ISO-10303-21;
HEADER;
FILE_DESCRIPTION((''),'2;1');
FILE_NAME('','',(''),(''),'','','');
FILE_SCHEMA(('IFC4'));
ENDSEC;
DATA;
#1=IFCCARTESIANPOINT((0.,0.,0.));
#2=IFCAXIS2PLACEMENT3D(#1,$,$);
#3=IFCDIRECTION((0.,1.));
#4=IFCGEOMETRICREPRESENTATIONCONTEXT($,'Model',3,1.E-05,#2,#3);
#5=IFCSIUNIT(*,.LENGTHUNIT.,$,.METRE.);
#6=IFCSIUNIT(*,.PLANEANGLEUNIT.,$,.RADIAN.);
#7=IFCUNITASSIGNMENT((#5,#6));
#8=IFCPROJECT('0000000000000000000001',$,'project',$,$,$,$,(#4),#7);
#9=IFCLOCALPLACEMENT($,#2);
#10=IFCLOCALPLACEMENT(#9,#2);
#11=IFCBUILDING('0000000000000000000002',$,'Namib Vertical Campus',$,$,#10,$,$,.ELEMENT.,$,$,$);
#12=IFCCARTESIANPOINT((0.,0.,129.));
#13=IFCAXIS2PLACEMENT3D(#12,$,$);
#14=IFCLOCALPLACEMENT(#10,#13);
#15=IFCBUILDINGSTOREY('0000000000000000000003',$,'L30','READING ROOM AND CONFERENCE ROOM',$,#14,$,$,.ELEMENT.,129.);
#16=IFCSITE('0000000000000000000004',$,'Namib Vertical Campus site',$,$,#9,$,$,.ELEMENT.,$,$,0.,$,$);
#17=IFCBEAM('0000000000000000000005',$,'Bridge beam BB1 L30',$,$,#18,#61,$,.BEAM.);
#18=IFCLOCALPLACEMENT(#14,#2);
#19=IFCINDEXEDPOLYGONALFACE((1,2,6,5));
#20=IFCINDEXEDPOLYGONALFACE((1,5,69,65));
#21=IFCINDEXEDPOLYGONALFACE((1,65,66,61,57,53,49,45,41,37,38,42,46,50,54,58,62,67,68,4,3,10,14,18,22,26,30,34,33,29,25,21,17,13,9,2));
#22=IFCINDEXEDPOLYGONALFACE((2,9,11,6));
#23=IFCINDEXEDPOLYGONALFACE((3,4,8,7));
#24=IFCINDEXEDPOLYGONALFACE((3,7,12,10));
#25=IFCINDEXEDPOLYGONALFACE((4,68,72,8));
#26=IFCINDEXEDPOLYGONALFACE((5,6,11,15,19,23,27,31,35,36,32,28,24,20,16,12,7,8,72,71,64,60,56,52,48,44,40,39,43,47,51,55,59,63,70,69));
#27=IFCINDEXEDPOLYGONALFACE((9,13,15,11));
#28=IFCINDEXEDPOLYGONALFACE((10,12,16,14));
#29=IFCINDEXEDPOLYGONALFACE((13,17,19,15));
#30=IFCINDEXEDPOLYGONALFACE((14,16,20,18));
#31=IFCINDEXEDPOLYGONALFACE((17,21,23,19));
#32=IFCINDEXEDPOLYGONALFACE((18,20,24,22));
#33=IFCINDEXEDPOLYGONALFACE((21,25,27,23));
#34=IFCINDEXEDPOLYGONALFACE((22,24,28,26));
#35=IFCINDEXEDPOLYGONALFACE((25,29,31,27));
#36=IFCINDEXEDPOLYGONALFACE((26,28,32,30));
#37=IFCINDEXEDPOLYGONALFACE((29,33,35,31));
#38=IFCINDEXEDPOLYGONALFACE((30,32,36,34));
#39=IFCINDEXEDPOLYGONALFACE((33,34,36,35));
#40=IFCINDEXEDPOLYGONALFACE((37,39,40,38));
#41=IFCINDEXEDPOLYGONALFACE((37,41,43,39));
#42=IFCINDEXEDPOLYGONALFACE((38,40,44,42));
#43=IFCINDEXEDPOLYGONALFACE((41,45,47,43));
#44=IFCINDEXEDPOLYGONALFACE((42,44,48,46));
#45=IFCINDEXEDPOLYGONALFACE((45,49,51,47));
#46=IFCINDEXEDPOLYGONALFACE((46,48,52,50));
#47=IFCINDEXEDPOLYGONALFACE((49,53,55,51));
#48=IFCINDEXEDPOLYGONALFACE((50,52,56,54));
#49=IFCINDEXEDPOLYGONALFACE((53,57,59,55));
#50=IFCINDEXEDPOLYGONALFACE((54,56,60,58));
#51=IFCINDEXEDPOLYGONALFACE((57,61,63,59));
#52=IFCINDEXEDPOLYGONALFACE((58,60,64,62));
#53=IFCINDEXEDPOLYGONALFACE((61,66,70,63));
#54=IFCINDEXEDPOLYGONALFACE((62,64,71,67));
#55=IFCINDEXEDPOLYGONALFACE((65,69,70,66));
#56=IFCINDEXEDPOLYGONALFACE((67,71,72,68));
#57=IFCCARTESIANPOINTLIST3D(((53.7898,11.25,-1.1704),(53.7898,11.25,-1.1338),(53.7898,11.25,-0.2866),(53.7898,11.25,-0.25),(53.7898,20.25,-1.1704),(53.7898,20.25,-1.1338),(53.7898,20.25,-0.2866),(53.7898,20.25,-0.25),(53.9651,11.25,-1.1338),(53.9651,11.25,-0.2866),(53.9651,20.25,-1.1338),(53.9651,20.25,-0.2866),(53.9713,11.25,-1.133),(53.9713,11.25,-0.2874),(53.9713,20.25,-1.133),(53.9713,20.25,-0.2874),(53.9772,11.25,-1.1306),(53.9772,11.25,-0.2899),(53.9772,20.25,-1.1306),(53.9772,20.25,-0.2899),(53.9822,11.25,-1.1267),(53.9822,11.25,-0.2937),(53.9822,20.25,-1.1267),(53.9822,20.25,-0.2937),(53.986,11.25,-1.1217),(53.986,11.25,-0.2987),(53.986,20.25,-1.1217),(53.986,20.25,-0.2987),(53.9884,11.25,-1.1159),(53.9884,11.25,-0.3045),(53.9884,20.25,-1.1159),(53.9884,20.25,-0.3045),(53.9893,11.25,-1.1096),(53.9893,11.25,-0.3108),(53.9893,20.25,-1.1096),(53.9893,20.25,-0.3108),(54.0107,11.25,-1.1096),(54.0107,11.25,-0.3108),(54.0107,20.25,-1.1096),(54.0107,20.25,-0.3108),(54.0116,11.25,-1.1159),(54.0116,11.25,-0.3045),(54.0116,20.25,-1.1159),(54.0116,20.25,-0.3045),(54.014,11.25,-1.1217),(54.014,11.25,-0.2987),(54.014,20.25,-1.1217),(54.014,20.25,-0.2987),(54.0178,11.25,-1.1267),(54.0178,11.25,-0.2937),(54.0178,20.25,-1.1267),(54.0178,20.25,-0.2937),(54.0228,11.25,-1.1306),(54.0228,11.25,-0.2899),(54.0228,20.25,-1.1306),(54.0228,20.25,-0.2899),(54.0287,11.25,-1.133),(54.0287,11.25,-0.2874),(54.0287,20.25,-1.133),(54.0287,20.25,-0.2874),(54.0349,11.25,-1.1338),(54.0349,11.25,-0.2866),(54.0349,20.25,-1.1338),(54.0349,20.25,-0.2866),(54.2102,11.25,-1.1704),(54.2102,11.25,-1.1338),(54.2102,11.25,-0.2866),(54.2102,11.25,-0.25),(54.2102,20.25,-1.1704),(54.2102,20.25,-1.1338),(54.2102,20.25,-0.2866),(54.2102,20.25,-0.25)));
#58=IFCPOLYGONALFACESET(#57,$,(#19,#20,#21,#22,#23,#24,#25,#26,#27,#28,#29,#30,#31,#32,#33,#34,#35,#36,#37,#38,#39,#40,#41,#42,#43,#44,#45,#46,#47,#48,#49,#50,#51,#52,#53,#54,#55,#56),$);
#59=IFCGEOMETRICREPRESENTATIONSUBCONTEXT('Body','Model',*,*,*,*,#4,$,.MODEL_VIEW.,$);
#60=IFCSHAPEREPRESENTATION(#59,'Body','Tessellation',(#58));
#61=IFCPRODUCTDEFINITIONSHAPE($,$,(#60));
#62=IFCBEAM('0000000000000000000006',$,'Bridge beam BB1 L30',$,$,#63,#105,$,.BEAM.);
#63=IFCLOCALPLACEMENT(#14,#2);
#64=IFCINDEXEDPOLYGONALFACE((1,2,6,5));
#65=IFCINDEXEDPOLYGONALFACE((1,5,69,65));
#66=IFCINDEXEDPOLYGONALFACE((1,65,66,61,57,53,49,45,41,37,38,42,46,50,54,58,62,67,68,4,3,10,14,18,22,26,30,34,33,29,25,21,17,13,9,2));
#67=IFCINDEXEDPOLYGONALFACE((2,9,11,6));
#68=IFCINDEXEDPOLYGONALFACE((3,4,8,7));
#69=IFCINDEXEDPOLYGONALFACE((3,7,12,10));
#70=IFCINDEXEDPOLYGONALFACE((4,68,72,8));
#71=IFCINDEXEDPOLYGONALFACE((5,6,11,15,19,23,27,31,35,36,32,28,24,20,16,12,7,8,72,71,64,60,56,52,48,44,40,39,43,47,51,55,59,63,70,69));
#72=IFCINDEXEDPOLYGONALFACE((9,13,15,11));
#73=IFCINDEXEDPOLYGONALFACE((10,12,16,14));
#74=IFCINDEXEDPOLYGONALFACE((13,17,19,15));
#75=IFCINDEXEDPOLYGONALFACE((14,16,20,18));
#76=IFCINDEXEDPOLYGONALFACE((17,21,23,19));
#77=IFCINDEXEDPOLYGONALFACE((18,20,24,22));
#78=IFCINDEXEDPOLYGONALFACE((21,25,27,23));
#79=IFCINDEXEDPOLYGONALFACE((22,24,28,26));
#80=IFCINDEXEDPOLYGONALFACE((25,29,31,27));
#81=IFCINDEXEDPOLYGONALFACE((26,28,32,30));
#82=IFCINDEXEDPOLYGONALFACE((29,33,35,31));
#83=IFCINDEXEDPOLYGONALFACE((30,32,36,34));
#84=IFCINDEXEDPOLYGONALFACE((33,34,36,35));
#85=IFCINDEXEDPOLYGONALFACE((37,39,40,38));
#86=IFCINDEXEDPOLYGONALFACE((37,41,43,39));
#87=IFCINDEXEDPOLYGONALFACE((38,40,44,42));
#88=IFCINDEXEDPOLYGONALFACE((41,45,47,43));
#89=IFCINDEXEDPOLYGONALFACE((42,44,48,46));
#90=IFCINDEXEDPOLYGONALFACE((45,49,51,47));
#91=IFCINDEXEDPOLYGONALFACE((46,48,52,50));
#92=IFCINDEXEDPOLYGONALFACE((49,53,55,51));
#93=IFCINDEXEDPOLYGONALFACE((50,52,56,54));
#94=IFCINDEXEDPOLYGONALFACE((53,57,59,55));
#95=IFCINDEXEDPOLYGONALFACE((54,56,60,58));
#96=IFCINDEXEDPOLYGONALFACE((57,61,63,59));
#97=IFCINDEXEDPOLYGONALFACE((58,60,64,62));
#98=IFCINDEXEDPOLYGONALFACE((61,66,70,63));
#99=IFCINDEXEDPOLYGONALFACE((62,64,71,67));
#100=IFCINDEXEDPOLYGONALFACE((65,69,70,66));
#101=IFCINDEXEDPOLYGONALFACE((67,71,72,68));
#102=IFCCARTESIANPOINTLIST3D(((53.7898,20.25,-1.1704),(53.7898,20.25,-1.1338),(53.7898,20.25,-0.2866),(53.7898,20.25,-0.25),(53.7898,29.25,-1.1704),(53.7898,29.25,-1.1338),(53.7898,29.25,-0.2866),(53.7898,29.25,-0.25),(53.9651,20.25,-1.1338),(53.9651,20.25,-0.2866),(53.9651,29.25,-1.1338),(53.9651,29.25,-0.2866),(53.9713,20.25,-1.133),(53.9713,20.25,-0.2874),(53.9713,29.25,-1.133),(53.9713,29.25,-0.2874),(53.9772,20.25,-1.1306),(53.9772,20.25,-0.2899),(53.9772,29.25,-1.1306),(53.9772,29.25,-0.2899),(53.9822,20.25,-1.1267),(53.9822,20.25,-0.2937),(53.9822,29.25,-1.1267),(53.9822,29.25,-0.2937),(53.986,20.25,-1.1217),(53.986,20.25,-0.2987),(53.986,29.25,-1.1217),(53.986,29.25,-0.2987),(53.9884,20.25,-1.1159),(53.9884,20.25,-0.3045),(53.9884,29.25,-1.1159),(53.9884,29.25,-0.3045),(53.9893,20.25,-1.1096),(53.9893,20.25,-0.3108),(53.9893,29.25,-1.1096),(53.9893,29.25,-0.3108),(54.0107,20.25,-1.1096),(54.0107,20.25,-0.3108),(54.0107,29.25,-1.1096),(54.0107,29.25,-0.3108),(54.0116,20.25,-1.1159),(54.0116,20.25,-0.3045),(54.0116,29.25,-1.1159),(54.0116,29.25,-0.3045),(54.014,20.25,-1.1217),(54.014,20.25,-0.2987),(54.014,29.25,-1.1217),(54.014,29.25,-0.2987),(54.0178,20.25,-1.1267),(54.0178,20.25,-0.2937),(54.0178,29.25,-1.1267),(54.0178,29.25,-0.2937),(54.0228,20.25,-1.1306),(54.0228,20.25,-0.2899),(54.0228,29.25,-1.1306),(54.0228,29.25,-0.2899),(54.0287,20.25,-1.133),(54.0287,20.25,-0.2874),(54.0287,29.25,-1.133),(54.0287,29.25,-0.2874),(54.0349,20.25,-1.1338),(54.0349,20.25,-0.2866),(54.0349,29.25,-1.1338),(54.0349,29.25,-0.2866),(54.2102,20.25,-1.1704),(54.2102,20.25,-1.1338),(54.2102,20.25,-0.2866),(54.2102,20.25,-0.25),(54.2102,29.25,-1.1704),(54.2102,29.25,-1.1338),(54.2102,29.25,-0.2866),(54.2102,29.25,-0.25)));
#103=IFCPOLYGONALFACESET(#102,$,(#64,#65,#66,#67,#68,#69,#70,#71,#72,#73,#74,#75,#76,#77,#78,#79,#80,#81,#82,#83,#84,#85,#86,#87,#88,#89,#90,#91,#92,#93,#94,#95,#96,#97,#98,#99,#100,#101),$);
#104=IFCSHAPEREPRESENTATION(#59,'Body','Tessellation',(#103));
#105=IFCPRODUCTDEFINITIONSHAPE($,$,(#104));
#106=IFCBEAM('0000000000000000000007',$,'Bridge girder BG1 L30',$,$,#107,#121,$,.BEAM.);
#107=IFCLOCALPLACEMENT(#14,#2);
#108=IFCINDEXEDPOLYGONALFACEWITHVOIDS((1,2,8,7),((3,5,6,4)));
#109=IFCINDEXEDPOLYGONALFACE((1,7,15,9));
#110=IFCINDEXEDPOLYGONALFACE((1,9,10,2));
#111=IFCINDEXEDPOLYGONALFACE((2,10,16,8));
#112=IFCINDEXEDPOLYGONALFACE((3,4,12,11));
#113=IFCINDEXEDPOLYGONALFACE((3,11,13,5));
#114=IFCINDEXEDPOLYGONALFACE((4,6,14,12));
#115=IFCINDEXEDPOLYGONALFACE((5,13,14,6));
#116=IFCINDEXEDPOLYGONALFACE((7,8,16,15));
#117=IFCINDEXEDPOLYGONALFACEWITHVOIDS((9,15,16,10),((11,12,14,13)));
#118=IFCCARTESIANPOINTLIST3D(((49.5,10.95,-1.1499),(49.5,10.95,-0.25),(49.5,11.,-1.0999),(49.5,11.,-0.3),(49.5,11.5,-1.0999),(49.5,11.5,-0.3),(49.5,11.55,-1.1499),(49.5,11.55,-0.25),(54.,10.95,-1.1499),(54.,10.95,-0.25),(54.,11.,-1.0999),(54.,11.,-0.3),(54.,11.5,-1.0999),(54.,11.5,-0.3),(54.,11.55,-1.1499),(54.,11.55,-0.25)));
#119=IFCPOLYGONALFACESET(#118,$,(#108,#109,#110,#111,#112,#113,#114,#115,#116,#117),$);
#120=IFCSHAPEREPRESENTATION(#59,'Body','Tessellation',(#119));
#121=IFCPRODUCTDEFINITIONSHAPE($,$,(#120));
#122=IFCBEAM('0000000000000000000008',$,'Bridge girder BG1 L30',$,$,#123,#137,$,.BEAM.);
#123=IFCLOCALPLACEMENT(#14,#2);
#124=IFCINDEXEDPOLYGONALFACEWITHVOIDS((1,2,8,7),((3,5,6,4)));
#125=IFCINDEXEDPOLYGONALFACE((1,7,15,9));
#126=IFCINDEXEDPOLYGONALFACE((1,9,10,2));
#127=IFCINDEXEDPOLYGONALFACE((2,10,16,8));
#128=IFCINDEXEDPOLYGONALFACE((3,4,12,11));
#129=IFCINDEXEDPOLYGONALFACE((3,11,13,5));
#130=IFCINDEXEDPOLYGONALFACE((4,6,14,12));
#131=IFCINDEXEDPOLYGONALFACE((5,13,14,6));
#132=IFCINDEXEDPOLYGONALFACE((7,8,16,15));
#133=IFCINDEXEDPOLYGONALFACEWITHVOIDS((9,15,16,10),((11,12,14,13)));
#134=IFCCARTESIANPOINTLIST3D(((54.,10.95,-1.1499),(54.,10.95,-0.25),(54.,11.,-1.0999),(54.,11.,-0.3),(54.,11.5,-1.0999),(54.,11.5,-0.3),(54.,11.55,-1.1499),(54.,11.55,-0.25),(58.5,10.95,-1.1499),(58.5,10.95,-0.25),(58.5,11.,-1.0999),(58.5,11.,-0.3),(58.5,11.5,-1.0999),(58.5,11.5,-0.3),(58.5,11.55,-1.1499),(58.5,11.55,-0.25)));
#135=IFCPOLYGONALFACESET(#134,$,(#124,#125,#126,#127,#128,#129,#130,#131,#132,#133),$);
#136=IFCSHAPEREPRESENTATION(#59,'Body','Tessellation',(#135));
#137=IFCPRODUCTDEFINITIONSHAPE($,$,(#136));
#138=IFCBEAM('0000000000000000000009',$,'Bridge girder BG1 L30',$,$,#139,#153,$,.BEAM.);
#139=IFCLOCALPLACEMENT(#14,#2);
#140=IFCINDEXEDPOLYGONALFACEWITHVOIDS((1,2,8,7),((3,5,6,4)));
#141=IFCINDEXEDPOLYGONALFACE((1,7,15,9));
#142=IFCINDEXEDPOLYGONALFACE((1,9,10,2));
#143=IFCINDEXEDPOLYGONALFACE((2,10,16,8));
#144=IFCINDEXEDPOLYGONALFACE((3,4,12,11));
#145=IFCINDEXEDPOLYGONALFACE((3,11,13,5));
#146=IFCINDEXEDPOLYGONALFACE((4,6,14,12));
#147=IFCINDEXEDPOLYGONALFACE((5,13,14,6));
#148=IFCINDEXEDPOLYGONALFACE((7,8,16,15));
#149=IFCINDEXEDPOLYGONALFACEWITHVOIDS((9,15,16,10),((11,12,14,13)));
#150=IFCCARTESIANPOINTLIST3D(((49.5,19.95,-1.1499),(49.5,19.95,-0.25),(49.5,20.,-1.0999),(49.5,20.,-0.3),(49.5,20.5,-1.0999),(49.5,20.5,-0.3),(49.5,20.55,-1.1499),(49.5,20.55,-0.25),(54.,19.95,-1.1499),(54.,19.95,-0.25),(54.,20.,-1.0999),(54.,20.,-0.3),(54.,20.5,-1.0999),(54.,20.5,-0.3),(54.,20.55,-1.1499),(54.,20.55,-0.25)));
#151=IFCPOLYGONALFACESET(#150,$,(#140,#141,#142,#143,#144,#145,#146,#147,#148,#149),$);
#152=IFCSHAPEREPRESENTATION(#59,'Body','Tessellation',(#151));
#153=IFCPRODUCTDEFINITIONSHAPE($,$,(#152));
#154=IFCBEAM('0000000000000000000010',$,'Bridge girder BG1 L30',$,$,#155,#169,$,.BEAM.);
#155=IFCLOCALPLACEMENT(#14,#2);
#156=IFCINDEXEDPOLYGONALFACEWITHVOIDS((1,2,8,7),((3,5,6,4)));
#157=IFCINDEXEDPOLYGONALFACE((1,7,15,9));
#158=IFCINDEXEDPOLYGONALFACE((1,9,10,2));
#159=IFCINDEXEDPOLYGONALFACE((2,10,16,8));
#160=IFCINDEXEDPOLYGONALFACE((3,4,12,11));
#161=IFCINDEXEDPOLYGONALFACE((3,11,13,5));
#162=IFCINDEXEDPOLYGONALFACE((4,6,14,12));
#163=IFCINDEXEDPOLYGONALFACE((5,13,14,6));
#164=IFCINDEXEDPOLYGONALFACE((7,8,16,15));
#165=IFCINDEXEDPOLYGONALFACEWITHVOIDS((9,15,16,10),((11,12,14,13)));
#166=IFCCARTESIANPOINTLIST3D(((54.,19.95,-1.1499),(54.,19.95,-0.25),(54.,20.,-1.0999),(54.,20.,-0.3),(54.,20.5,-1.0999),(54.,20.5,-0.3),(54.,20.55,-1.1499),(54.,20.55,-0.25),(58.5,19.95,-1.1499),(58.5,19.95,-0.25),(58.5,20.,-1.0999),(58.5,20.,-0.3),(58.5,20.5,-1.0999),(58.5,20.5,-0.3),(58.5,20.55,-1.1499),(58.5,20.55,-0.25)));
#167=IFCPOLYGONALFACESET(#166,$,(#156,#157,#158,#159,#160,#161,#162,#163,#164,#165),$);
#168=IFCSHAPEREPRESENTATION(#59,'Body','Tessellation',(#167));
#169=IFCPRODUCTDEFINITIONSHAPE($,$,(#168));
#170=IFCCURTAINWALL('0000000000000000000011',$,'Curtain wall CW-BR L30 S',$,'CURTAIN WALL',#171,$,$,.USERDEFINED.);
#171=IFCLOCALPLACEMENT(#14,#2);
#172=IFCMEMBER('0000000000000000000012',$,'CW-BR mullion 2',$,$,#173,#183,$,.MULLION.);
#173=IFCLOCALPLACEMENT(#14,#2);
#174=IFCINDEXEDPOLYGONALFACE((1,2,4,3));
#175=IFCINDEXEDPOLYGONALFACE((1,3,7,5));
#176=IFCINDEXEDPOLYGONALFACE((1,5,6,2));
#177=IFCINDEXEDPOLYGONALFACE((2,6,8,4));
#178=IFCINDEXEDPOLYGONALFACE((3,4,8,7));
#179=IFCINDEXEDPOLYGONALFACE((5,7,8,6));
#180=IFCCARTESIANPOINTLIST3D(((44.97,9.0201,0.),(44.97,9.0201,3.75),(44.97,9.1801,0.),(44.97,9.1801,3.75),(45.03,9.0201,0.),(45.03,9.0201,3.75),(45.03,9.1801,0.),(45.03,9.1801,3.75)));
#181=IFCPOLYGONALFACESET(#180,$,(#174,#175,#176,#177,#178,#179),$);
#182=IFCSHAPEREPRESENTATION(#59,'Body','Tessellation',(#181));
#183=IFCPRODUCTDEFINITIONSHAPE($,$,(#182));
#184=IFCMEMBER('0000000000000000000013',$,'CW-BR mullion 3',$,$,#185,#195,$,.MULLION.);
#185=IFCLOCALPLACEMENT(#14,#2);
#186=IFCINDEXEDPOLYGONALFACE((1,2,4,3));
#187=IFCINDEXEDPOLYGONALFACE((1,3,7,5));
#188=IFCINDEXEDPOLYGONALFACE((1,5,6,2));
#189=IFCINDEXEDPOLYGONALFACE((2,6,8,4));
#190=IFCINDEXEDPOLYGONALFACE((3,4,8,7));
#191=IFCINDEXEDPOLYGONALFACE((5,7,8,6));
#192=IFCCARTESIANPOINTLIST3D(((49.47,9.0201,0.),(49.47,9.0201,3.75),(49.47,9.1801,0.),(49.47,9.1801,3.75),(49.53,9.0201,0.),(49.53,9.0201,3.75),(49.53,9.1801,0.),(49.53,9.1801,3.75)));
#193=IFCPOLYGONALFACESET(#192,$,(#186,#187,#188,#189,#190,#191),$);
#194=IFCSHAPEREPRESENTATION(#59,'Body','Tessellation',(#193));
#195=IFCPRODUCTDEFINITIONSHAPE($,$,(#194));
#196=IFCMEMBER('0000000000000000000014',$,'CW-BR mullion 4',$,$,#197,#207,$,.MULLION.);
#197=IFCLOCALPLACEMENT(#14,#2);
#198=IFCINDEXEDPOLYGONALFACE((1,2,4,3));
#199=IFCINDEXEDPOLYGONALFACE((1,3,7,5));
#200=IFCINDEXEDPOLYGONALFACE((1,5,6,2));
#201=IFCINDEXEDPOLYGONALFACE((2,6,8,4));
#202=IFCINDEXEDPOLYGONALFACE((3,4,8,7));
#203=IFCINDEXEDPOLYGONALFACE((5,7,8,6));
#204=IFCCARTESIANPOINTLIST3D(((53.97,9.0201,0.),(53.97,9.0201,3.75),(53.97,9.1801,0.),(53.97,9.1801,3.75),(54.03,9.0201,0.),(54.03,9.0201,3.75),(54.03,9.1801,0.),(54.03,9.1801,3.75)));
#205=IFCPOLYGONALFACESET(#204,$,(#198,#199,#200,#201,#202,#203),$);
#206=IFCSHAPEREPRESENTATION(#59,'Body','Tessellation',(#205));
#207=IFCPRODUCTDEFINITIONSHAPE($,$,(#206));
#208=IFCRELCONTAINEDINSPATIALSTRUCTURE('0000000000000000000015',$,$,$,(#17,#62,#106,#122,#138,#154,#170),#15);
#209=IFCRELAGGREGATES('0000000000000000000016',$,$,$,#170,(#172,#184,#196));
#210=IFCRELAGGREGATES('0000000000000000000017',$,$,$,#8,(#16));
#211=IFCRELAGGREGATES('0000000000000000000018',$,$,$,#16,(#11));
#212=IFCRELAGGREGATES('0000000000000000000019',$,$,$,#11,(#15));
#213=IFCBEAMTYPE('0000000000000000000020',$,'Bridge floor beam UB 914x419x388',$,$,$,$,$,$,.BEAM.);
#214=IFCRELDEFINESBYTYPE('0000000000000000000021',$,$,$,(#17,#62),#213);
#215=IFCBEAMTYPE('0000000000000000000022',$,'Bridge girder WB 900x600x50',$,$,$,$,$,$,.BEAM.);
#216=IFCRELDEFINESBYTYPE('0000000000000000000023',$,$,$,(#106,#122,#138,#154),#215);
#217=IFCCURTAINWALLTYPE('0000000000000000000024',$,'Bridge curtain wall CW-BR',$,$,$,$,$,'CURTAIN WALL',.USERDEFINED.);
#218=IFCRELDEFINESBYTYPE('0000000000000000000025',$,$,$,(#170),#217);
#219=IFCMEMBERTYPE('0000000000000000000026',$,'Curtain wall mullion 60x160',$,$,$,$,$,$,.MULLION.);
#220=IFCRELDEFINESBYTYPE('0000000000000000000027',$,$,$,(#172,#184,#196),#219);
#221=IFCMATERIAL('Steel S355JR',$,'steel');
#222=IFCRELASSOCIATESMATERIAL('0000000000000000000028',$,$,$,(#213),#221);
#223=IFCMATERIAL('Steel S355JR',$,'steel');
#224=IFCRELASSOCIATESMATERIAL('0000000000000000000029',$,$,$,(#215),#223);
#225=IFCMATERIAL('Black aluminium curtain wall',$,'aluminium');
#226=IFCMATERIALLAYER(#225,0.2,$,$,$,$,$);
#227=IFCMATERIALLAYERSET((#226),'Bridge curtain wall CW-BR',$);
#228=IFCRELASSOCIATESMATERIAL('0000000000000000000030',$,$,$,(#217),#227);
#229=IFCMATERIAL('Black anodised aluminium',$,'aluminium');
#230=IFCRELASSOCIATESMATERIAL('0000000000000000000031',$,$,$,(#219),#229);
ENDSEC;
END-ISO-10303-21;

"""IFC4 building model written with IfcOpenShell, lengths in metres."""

from ifc_helpers import new_model, si_unit, direction, frame, origin, origin_2d, place, context, subcontext, project, spatial, rectangle, hollow_rectangle, i_section, extrude, material, layer, layer_set, material_profile, profile_set, type_object, element, aggregate, save


model = new_model("IFC4")

# Units and contexts
model_context = context("Model", 3, precision=1e-05, world=origin(), true_north=direction((0.0, 1.0)))
body_context = subcontext(model_context, "Body", "Model", "MODEL_VIEW")
ifc_project = project(units=[si_unit("LENGTHUNIT", "METRE"), si_unit("PLANEANGLEUNIT", "RADIAN")], contexts=[model_context])

# Site, building, storey
site_placement = place(None, origin())
site = spatial("IfcSite", under=ifc_project, at=site_placement, Name="Namib Vertical Campus site", CompositionType="ELEMENT", RefElevation=0.0)
building_placement = place(site_placement, origin())
building = spatial("IfcBuilding", under=site, at=building_placement, Name="Namib Vertical Campus", CompositionType="ELEMENT")
storey_placement = place(building_placement, frame((0.0, 0.0, 129.0)))
storey = spatial("IfcBuildingStorey", under=building, at=storey_placement, Name="L30", Description="READING ROOM AND CONFERENCE ROOM", CompositionType="ELEMENT", Elevation=129.0)

# Beams
ifc_material_1 = material(Name="Steel S355JR", Category="steel")
ifc_material_profile_1 = material_profile(ifc_material_1, i_section(OverallWidth=0.4204, OverallDepth=0.9204, WebThickness=0.0215, FlangeThickness=0.0366, FilletRadius=0.0242, at=origin_2d()))
ifc_profile_set_1 = profile_set([ifc_material_profile_1], Name="Steel S355JR")
beam_type_1 = type_object("IfcBeamType", Name="Bridge floor beam UB 914x419x388", PredefinedType="BEAM", material=ifc_profile_set_1)
for number, where, z_axis, x_axis, name in (
    (1, (54.0, 11.25, -0.7102), (0.0, 1.0, 0.0), (-1.0, 0.0, 0.0), "Bridge beam BB1 L30"),
    (2, (54.0, 20.25, -0.7102), (0.0, 1.0, 0.0), (-1.0, 0.0, 0.0), "Bridge beam BB1 L30"),
):
    element("IfcBeam", number, at=place(storey_placement, frame(where, z_axis=z_axis, x_axis=x_axis)), inside=storey, type_object=beam_type_1, Name=name, PredefinedType="BEAM", context=body_context, shape_type="SweptSolid", body=[
        extrude(i_section(OverallWidth=0.4204, OverallDepth=0.9204, WebThickness=0.0215, FlangeThickness=0.0366, FilletRadius=0.0242, at=origin_2d()), origin(), (0.0, 0.0, 1.0), 9.0),
    ])
ifc_material_2 = material(Name="Steel S355JR", Category="steel")
ifc_material_profile_2 = material_profile(ifc_material_2, hollow_rectangle(XDim=0.6001, YDim=0.8999, WallThickness=0.05, at=origin_2d()))
ifc_profile_set_2 = profile_set([ifc_material_profile_2], Name="Steel S355JR")
beam_type_2 = type_object("IfcBeamType", Name="Bridge girder WB 900x600x50", PredefinedType="BEAM", material=ifc_profile_set_2)
for number, where, z_axis, x_axis, name in (
    (3, (49.5, 11.25, -0.7), (1.0, 0.0, 0.0), (0.0, 1.0, 0.0), "Bridge girder BG1 L30"),
    (4, (54.0, 11.25, -0.7), (1.0, 0.0, 0.0), (0.0, 1.0, 0.0), "Bridge girder BG1 L30"),
    (5, (49.5, 20.25, -0.7), (1.0, 0.0, 0.0), (0.0, 1.0, 0.0), "Bridge girder BG1 L30"),
    (6, (54.0, 20.25, -0.7), (1.0, 0.0, 0.0), (0.0, 1.0, 0.0), "Bridge girder BG1 L30"),
):
    element("IfcBeam", number, at=place(storey_placement, frame(where, z_axis=z_axis, x_axis=x_axis)), inside=storey, type_object=beam_type_2, Name=name, PredefinedType="BEAM", context=body_context, shape_type="SweptSolid", body=[
        extrude(hollow_rectangle(XDim=0.6001, YDim=0.8999, WallThickness=0.05, at=origin_2d()), origin(), (0.0, 0.0, 1.0), 4.5),
    ])

# Curtain wall, members
ifc_material_3 = material(Name="Black aluminium curtain wall", Category="aluminium")
ifc_layer_1 = layer(ifc_material_3, 0.2)
ifc_layer_set_1 = layer_set([ifc_layer_1], Name="Bridge curtain wall CW-BR")
curtain_wall_type = type_object("IfcCurtainWallType", Name="Bridge curtain wall CW-BR", ElementType="CURTAIN WALL", PredefinedType="USERDEFINED", material=ifc_layer_set_1)
curtain_wall_placement = place(storey_placement, origin())
curtain_wall = element("IfcCurtainWall", 7, at=curtain_wall_placement, inside=storey, type_object=curtain_wall_type, Name="Curtain wall CW-BR L30 S", ObjectType="CURTAIN WALL", PredefinedType="USERDEFINED")
ifc_material_4 = material(Name="Black anodised aluminium", Category="aluminium")
ifc_material_profile_3 = material_profile(ifc_material_4, rectangle(XDim=0.0601, YDim=0.1599, at=origin_2d()))
ifc_profile_set_3 = profile_set([ifc_material_profile_3], Name="Black anodised aluminium")
member_type_1 = type_object("IfcMemberType", Name="Curtain wall mullion 60x160", PredefinedType="MULLION", material=ifc_profile_set_3)
member_1_placement = place(storey_placement, frame((45.0, 9.1001, 0.0), z_axis=(0.0, 0.0, 1.0), x_axis=(1.0, 0.0, 0.0)))
member_1 = element("IfcMember", 8, at=member_1_placement, type_object=member_type_1, Name="CW-BR mullion 2", PredefinedType="MULLION", context=body_context, shape_type="SweptSolid", body=[
    extrude(rectangle(XDim=0.0601, YDim=0.1599, at=origin_2d()), origin(), (0.0, 0.0, 1.0), 3.75),
])
member_2_placement = place(storey_placement, frame((49.5, 9.1001, 0.0), z_axis=(0.0, 0.0, 1.0), x_axis=(1.0, 0.0, 0.0)))
member_2 = element("IfcMember", 9, at=member_2_placement, type_object=member_type_1, Name="CW-BR mullion 3", PredefinedType="MULLION", context=body_context, shape_type="SweptSolid", body=[
    extrude(rectangle(XDim=0.0601, YDim=0.1599, at=origin_2d()), origin(), (0.0, 0.0, 1.0), 3.75),
])
member_3_placement = place(storey_placement, frame((54.0, 9.1001, 0.0), z_axis=(0.0, 0.0, 1.0), x_axis=(1.0, 0.0, 0.0)))
member_3 = element("IfcMember", 10, at=member_3_placement, type_object=member_type_1, Name="CW-BR mullion 4", PredefinedType="MULLION", context=body_context, shape_type="SweptSolid", body=[
    extrude(rectangle(XDim=0.0601, YDim=0.1599, at=origin_2d()), origin(), (0.0, 0.0, 1.0), 3.75),
])
aggregate(curtain_wall, [member_1, member_2, member_3])

save(model, "model.ifc")
